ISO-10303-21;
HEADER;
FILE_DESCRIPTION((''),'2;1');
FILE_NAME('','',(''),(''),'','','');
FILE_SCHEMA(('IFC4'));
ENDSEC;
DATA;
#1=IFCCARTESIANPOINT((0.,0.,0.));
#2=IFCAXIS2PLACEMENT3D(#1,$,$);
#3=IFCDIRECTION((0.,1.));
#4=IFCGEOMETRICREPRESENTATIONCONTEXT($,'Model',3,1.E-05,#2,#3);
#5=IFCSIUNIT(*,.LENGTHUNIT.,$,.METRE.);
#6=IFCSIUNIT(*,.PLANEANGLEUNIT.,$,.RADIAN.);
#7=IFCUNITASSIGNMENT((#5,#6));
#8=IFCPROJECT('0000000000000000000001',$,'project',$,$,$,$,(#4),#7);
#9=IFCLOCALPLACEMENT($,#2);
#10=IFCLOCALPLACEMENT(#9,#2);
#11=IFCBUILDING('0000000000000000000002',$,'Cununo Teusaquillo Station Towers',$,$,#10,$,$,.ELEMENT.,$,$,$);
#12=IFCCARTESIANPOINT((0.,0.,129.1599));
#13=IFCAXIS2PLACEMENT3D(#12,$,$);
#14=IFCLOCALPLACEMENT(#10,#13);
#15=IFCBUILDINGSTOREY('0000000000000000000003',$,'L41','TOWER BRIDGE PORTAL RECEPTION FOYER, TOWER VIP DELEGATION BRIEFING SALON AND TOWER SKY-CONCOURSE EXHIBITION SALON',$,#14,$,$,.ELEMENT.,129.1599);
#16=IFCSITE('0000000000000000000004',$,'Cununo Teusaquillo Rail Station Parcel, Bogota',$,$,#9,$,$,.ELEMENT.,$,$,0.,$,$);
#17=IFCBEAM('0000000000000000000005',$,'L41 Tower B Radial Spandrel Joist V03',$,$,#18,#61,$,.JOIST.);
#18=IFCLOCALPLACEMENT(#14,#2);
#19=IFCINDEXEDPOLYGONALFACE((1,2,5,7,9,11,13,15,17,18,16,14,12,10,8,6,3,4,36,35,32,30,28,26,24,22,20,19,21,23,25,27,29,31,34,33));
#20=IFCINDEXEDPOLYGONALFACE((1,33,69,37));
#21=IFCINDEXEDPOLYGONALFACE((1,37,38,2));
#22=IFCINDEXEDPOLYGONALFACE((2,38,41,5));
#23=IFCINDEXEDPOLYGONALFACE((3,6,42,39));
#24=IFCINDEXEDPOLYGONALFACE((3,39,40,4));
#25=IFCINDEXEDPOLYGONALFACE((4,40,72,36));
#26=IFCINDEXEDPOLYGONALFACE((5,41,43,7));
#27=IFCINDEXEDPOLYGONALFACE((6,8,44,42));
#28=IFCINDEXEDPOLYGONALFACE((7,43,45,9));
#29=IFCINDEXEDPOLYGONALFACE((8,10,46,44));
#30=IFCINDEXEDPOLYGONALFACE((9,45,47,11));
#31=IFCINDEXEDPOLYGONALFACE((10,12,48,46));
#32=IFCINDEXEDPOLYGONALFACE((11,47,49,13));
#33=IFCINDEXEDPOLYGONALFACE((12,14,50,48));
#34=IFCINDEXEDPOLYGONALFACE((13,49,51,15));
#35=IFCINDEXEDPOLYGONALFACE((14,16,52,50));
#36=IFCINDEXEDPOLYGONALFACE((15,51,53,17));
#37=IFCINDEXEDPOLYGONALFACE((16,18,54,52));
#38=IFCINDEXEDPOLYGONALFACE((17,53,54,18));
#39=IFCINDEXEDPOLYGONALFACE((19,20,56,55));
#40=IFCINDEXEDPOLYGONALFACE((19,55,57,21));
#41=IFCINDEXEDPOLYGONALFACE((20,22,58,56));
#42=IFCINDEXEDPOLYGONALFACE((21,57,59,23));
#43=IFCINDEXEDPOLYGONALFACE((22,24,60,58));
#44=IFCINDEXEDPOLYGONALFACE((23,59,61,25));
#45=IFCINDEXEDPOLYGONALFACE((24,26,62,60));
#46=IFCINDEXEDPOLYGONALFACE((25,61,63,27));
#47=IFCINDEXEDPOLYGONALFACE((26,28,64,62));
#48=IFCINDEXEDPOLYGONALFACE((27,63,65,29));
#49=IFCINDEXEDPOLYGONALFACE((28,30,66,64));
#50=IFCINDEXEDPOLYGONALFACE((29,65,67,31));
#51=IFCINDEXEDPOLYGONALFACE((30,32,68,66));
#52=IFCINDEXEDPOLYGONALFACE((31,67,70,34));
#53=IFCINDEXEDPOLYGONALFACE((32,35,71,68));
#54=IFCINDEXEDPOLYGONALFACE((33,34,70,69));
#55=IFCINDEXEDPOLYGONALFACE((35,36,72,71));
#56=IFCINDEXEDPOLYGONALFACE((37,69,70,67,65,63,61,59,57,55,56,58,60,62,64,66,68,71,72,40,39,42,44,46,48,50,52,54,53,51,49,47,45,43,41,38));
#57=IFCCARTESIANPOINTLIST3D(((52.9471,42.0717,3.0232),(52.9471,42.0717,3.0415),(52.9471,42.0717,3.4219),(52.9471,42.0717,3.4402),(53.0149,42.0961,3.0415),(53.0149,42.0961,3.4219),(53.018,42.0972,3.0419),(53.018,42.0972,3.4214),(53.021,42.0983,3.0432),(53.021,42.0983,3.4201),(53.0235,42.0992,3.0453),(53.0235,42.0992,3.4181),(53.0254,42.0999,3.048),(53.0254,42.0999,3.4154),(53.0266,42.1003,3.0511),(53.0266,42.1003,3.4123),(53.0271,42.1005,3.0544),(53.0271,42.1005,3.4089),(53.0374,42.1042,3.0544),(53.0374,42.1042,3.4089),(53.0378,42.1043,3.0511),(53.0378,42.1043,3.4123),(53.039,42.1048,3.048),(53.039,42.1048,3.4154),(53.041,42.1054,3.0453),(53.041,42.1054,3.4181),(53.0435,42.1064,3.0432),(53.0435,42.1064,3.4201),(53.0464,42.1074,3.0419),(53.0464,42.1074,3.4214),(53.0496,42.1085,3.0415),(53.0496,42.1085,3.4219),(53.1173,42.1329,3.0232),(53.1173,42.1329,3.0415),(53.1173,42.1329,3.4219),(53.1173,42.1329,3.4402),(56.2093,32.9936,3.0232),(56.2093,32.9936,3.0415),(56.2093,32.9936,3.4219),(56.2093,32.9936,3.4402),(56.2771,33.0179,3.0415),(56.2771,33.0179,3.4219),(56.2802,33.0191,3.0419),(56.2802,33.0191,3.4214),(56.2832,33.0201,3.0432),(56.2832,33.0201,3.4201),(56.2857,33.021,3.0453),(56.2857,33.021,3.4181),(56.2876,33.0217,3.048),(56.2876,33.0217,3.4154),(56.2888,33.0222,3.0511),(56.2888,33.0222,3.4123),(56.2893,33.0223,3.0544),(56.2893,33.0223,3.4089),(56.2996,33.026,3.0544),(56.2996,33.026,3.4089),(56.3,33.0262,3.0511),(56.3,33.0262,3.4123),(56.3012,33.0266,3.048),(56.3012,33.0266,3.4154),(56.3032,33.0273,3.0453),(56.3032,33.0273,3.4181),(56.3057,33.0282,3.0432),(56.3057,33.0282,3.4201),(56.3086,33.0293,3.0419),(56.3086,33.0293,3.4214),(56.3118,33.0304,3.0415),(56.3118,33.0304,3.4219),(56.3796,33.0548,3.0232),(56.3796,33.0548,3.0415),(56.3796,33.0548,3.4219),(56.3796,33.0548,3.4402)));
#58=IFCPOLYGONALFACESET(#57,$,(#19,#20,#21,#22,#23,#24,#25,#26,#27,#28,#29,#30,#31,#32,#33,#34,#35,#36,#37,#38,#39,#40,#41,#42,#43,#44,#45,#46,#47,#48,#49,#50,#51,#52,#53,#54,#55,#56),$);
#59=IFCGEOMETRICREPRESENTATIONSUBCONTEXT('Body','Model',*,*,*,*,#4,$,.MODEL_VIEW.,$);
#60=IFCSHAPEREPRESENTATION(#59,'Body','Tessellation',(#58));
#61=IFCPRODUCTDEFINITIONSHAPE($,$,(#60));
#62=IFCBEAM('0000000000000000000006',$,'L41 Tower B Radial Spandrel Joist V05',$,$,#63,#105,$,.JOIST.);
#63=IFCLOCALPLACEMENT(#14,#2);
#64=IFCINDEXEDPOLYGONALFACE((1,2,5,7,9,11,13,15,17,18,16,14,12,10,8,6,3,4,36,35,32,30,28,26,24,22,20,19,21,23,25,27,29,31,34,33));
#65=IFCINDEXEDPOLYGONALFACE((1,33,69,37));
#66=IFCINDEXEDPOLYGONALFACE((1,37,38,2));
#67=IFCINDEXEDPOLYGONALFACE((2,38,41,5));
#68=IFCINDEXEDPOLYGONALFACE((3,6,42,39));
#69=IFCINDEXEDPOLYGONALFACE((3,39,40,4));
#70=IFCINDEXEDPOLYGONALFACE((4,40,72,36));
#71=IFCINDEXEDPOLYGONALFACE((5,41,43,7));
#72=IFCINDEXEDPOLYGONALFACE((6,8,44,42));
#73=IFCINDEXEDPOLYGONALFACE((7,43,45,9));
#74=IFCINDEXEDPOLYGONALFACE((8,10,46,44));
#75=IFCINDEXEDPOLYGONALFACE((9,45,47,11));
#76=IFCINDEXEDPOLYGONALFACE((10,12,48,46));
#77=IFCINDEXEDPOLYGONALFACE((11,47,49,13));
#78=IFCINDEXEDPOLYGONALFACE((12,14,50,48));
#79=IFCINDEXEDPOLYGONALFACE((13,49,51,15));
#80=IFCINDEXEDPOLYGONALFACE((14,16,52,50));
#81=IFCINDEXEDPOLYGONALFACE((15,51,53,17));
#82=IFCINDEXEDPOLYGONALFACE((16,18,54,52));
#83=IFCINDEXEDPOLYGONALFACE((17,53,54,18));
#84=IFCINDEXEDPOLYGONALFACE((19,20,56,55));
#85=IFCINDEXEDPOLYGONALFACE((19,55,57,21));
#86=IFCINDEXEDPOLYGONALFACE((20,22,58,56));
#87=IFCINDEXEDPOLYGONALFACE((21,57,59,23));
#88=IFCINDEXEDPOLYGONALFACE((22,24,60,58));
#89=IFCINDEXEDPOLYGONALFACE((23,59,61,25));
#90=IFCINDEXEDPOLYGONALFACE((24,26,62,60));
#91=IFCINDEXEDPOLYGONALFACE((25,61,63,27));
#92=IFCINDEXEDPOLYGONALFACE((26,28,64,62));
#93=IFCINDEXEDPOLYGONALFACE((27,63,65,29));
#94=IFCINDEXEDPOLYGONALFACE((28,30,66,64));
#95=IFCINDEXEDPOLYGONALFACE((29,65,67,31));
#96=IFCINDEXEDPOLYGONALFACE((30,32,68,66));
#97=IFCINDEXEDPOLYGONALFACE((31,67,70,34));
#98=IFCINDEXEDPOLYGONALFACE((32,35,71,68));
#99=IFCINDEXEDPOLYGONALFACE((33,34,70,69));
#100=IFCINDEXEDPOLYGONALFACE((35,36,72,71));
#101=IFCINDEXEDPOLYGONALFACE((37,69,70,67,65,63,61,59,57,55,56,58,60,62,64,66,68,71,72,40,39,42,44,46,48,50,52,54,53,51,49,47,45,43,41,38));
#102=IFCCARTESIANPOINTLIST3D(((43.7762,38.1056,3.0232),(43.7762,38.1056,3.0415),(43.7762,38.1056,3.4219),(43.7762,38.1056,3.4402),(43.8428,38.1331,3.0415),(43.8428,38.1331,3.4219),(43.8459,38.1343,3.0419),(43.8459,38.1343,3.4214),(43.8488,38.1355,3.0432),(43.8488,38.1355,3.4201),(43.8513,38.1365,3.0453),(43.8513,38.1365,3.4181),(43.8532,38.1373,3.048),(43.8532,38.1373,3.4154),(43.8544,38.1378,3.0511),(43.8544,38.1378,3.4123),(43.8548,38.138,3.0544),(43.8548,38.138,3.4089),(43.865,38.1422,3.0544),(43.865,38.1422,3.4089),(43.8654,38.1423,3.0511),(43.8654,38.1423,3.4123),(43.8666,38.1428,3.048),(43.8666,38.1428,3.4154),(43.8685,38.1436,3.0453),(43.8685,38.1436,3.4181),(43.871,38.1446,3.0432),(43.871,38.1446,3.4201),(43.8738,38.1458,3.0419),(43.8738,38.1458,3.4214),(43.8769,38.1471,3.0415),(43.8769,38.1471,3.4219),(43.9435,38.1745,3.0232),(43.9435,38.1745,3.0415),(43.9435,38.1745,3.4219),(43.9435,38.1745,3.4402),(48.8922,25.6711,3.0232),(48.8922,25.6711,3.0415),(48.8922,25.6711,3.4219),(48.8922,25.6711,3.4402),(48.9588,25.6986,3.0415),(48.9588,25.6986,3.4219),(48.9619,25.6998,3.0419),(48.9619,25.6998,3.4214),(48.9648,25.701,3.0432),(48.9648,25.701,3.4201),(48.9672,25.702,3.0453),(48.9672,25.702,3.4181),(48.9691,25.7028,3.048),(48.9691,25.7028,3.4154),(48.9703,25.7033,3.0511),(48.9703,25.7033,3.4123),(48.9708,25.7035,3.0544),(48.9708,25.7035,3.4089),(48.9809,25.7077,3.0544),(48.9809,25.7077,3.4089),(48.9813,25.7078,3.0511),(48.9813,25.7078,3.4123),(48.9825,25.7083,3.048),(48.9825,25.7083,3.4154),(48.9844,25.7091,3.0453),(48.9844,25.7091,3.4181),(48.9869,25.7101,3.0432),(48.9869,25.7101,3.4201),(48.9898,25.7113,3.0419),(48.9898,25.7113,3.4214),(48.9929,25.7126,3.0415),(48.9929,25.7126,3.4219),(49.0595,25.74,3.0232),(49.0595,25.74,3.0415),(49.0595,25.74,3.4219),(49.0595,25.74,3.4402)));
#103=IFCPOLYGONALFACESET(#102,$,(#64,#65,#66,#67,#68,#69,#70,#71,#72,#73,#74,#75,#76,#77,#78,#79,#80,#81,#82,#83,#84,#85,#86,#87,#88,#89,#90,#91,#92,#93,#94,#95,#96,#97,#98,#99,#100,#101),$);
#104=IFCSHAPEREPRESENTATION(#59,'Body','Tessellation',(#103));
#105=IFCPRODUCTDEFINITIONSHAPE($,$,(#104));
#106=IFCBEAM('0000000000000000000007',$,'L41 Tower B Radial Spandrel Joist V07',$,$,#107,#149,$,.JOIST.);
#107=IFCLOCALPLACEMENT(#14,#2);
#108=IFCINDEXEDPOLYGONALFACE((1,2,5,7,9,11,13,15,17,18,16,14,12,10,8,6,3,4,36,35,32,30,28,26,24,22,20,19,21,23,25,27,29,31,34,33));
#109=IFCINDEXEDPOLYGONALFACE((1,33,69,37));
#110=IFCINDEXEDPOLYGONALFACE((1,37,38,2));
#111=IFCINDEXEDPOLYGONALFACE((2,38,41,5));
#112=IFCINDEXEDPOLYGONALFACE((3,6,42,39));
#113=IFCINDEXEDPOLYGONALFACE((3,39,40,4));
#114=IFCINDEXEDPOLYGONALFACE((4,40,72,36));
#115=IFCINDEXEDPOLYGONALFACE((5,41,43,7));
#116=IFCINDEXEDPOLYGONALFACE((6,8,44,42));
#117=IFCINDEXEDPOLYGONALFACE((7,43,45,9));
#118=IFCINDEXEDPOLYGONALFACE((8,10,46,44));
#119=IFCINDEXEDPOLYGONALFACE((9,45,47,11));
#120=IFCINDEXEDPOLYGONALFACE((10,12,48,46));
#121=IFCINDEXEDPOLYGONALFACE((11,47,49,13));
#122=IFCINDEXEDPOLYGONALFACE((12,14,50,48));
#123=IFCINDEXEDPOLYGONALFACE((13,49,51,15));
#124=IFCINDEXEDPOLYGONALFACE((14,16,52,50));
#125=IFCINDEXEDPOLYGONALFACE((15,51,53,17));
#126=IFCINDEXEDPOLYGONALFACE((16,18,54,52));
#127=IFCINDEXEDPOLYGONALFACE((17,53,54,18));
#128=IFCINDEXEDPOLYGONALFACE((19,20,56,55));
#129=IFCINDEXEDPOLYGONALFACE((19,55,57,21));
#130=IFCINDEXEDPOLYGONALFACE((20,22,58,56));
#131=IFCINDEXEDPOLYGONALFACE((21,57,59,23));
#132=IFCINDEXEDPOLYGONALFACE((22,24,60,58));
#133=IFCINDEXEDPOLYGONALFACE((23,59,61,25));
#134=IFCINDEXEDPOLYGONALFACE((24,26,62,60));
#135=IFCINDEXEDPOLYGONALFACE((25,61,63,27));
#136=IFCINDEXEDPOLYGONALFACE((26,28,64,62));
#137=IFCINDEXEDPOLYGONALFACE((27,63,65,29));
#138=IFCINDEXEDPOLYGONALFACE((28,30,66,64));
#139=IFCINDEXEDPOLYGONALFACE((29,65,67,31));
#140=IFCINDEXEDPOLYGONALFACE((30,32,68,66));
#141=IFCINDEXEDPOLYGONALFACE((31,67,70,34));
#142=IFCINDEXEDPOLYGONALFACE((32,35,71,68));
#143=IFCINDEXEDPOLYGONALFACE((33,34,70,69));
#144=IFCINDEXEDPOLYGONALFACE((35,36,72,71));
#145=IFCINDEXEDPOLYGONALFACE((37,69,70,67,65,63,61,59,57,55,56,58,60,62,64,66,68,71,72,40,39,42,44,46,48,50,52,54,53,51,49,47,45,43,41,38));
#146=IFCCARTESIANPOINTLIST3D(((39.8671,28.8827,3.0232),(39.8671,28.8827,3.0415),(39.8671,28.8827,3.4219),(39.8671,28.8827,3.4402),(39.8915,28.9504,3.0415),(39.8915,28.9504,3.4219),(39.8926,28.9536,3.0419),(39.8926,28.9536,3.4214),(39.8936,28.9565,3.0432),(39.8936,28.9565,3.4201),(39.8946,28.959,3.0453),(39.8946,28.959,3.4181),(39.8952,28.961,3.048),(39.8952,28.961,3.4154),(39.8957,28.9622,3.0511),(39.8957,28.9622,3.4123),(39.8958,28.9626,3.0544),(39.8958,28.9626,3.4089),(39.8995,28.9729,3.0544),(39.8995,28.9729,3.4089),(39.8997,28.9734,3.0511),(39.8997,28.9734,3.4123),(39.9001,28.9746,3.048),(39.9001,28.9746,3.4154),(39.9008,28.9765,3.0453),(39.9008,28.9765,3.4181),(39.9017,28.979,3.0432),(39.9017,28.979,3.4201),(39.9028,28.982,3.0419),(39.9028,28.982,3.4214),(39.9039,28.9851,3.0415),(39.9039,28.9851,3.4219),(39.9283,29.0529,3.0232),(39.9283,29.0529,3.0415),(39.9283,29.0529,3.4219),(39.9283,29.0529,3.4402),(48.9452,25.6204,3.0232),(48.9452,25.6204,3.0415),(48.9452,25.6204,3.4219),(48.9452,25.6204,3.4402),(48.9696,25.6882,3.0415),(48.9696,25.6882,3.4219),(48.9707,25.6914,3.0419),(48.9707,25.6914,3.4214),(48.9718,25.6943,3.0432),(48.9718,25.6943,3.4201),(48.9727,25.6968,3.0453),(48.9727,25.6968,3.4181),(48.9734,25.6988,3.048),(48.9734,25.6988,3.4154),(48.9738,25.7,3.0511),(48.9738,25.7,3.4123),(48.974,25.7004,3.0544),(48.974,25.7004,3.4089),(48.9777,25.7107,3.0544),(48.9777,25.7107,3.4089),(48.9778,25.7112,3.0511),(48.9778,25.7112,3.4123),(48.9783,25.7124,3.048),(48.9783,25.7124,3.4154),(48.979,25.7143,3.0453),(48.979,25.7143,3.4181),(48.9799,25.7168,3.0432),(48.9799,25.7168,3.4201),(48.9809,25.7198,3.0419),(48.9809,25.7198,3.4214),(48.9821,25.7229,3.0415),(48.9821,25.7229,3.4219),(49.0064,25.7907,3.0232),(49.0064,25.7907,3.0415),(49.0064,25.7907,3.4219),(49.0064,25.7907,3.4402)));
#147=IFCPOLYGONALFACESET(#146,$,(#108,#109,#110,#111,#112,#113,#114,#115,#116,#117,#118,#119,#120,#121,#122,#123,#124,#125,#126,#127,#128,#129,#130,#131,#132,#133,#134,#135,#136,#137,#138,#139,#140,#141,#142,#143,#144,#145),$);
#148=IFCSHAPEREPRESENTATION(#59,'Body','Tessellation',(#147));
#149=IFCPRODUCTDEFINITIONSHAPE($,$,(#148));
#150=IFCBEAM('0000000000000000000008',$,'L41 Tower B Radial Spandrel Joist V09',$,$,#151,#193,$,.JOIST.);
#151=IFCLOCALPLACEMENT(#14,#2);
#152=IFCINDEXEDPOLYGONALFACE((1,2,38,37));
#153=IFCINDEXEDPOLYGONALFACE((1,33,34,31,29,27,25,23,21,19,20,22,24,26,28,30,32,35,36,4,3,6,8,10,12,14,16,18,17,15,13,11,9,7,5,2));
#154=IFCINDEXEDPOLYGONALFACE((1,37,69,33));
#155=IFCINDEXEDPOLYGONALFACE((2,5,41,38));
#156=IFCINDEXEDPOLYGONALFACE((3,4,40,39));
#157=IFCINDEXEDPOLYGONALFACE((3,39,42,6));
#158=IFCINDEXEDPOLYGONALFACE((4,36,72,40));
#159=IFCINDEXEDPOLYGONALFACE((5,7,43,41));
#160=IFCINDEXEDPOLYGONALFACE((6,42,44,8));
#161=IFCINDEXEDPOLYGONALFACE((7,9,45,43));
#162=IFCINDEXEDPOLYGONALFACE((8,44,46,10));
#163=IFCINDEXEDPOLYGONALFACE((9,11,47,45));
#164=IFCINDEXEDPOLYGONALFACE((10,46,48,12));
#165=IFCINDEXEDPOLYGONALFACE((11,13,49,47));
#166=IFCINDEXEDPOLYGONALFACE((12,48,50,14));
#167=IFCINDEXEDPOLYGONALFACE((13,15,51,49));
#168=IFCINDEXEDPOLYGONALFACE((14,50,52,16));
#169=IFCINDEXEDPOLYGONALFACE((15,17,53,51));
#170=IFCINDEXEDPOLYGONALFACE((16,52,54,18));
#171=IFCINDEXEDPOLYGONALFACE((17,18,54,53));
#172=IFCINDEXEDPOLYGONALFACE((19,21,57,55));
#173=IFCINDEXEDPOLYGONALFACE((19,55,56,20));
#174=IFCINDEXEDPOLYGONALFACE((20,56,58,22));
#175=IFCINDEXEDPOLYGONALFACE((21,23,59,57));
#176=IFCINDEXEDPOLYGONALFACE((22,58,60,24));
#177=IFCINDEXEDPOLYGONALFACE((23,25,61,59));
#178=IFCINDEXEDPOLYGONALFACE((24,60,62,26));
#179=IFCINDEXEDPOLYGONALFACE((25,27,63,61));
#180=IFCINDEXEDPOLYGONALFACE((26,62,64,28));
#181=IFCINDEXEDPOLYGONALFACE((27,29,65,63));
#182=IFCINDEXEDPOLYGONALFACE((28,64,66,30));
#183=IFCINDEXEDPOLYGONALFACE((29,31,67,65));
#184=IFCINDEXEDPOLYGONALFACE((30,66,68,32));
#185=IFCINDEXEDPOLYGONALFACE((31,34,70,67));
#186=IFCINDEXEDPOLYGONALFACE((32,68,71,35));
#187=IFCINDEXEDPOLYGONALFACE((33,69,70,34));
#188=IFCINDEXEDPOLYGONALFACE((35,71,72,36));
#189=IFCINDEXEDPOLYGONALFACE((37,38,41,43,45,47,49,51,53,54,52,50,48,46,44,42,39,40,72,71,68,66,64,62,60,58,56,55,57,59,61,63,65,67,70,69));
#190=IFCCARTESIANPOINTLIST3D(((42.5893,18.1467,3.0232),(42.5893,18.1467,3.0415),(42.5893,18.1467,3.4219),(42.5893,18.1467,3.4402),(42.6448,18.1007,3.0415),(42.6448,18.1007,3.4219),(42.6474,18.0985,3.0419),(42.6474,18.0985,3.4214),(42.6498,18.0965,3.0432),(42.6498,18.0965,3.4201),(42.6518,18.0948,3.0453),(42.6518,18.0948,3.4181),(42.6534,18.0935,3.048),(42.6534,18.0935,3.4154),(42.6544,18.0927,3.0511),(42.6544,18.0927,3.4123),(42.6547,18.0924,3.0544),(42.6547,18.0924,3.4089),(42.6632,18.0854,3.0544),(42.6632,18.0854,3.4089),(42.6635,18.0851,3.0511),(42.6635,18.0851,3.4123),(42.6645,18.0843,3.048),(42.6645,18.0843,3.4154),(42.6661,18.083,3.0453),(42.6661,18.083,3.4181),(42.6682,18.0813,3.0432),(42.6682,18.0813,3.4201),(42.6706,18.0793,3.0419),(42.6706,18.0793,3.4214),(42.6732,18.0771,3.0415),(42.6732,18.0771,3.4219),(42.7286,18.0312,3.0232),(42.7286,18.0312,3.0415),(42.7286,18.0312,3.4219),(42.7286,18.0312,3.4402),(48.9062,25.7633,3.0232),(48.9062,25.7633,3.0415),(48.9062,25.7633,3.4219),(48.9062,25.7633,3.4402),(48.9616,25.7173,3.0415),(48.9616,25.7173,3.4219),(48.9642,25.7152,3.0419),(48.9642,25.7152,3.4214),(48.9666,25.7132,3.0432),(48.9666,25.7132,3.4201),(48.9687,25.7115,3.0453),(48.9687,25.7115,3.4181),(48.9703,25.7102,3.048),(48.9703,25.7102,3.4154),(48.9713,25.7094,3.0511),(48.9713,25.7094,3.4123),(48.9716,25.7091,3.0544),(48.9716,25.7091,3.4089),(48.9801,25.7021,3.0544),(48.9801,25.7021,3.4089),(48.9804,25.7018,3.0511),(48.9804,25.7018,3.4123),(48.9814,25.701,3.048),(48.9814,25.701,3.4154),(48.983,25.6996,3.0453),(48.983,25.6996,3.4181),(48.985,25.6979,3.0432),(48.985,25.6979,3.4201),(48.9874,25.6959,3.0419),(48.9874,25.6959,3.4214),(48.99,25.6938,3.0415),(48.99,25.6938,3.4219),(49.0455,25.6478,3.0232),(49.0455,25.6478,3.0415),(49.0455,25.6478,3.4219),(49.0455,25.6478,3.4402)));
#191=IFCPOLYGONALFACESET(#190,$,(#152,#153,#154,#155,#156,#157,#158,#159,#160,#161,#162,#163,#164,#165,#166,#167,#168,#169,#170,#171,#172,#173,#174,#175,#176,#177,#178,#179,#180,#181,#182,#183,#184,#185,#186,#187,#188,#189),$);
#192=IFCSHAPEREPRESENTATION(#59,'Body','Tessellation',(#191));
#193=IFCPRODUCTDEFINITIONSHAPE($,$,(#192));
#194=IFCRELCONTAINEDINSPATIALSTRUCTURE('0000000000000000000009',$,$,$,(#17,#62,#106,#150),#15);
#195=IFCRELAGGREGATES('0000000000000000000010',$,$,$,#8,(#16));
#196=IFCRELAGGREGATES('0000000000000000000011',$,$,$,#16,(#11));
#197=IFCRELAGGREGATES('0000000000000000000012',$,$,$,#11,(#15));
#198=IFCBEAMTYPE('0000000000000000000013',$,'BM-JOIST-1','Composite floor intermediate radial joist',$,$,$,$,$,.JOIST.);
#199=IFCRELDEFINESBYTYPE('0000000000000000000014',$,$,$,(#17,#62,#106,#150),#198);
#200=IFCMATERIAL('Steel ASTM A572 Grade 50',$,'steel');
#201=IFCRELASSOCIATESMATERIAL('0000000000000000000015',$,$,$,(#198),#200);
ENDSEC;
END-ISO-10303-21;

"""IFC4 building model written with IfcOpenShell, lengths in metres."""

from ifc_helpers import new_model, si_unit, direction, frame, origin, origin_2d, place, context, subcontext, project, spatial, i_section, extrude, material, material_profile, profile_set, type_object, element, save


model = new_model("IFC4")

# Units and contexts
model_context = context("Model", 3, precision=1e-05, world=origin(), true_north=direction((0.0, 1.0)))
body_context = subcontext(model_context, "Body", "Model", "MODEL_VIEW")
ifc_project = project(units=[si_unit("LENGTHUNIT", "METRE"), si_unit("PLANEANGLEUNIT", "RADIAN")], contexts=[model_context])

# Site, building, storey
site_placement = place(None, origin())
site = spatial("IfcSite", under=ifc_project, at=site_placement, Name="Cununo Teusaquillo Rail Station Parcel, Bogota", CompositionType="ELEMENT", RefElevation=0.0)
building_placement = place(site_placement, origin())
building = spatial("IfcBuilding", under=site, at=building_placement, Name="Cununo Teusaquillo Station Towers", CompositionType="ELEMENT")
storey_placement = place(building_placement, frame((0.0, 0.0, 129.1599)))
storey = spatial("IfcBuildingStorey", under=building, at=storey_placement, Name="L41", Description="TOWER BRIDGE PORTAL RECEPTION FOYER, TOWER VIP DELEGATION BRIEFING SALON AND TOWER SKY-CONCOURSE EXHIBITION SALON", CompositionType="ELEMENT", Elevation=129.1599)

# Beams
ifc_material_1 = material(Name="Steel ASTM A572 Grade 50", Category="steel")
ifc_material_profile_1 = material_profile(ifc_material_1, i_section(OverallWidth=0.1809, OverallDepth=0.417, WebThickness=0.011, FlangeThickness=0.0183, FilletRadius=0.0129, at=origin_2d()), Name="W16X57")
ifc_profile_set_1 = profile_set([ifc_material_profile_1], Name="Steel ASTM A572 Grade 50")
beam_type_1 = type_object("IfcBeamType", Name="BM-JOIST-1", Description="Composite floor intermediate radial joist", PredefinedType="JOIST", material=ifc_profile_set_1)
beam_1_placement = place(storey_placement, frame((56.2944, 33.0242, 3.2317), z_axis=(-0.338176, 0.941083, 0.0), x_axis=(-0.941083, -0.338176, 0.0)))
element("IfcBeam", 1, at=beam_1_placement, inside=storey, type_object=beam_type_1, Name="L41 Tower B Radial Spandrel Joist V03", PredefinedType="JOIST", context=body_context, shape_type="SweptSolid", body=[
    extrude(i_section(OverallWidth=0.1809, OverallDepth=0.417, WebThickness=0.011, FlangeThickness=0.0183, FilletRadius=0.0129, at=origin_2d()), origin(), (0.0, 0.0, 1.0), 9.6465),
])
beam_2_placement = place(storey_placement, frame((48.9758, 25.7056, 3.2317), z_axis=(-0.380486, 0.924787, 0.0), x_axis=(-0.924787, -0.380486, 0.0)))
element("IfcBeam", 2, at=beam_2_placement, inside=storey, type_object=beam_type_1, Name="L41 Tower B Radial Spandrel Joist V05", PredefinedType="JOIST", context=body_context, shape_type="SweptSolid", body=[
    extrude(i_section(OverallWidth=0.1809, OverallDepth=0.417, WebThickness=0.011, FlangeThickness=0.0183, FilletRadius=0.0129, at=origin_2d()), origin(), (0.0, 0.0, 1.0), 13.4458),
])
beam_3_placement = place(storey_placement, frame((48.9758, 25.7056, 3.2317), z_axis=(-0.941083, 0.338176, 0.0), x_axis=(-0.338176, -0.941083, 0.0)))
element("IfcBeam", 3, at=beam_3_placement, inside=storey, type_object=beam_type_1, Name="L41 Tower B Radial Spandrel Joist V07", PredefinedType="JOIST", context=body_context, shape_type="SweptSolid", body=[
    extrude(i_section(OverallWidth=0.1809, OverallDepth=0.417, WebThickness=0.011, FlangeThickness=0.0183, FilletRadius=0.0129, at=origin_2d()), origin(), (0.0, 0.0, 1.0), 9.6465),
])
beam_4_placement = place(storey_placement, frame((48.9758, 25.7056, 3.2317), z_axis=(-0.638372, -0.769728, 0.0), x_axis=(0.769728, -0.638372, 0.0)))
element("IfcBeam", 4, at=beam_4_placement, inside=storey, type_object=beam_type_1, Name="L41 Tower B Radial Spandrel Joist V09", PredefinedType="JOIST", context=body_context, shape_type="SweptSolid", body=[
    extrude(i_section(OverallWidth=0.1809, OverallDepth=0.417, WebThickness=0.011, FlangeThickness=0.0183, FilletRadius=0.0129, at=origin_2d()), origin(), (0.0, 0.0, 1.0), 9.8953),
])

save(model, "model.ifc")
